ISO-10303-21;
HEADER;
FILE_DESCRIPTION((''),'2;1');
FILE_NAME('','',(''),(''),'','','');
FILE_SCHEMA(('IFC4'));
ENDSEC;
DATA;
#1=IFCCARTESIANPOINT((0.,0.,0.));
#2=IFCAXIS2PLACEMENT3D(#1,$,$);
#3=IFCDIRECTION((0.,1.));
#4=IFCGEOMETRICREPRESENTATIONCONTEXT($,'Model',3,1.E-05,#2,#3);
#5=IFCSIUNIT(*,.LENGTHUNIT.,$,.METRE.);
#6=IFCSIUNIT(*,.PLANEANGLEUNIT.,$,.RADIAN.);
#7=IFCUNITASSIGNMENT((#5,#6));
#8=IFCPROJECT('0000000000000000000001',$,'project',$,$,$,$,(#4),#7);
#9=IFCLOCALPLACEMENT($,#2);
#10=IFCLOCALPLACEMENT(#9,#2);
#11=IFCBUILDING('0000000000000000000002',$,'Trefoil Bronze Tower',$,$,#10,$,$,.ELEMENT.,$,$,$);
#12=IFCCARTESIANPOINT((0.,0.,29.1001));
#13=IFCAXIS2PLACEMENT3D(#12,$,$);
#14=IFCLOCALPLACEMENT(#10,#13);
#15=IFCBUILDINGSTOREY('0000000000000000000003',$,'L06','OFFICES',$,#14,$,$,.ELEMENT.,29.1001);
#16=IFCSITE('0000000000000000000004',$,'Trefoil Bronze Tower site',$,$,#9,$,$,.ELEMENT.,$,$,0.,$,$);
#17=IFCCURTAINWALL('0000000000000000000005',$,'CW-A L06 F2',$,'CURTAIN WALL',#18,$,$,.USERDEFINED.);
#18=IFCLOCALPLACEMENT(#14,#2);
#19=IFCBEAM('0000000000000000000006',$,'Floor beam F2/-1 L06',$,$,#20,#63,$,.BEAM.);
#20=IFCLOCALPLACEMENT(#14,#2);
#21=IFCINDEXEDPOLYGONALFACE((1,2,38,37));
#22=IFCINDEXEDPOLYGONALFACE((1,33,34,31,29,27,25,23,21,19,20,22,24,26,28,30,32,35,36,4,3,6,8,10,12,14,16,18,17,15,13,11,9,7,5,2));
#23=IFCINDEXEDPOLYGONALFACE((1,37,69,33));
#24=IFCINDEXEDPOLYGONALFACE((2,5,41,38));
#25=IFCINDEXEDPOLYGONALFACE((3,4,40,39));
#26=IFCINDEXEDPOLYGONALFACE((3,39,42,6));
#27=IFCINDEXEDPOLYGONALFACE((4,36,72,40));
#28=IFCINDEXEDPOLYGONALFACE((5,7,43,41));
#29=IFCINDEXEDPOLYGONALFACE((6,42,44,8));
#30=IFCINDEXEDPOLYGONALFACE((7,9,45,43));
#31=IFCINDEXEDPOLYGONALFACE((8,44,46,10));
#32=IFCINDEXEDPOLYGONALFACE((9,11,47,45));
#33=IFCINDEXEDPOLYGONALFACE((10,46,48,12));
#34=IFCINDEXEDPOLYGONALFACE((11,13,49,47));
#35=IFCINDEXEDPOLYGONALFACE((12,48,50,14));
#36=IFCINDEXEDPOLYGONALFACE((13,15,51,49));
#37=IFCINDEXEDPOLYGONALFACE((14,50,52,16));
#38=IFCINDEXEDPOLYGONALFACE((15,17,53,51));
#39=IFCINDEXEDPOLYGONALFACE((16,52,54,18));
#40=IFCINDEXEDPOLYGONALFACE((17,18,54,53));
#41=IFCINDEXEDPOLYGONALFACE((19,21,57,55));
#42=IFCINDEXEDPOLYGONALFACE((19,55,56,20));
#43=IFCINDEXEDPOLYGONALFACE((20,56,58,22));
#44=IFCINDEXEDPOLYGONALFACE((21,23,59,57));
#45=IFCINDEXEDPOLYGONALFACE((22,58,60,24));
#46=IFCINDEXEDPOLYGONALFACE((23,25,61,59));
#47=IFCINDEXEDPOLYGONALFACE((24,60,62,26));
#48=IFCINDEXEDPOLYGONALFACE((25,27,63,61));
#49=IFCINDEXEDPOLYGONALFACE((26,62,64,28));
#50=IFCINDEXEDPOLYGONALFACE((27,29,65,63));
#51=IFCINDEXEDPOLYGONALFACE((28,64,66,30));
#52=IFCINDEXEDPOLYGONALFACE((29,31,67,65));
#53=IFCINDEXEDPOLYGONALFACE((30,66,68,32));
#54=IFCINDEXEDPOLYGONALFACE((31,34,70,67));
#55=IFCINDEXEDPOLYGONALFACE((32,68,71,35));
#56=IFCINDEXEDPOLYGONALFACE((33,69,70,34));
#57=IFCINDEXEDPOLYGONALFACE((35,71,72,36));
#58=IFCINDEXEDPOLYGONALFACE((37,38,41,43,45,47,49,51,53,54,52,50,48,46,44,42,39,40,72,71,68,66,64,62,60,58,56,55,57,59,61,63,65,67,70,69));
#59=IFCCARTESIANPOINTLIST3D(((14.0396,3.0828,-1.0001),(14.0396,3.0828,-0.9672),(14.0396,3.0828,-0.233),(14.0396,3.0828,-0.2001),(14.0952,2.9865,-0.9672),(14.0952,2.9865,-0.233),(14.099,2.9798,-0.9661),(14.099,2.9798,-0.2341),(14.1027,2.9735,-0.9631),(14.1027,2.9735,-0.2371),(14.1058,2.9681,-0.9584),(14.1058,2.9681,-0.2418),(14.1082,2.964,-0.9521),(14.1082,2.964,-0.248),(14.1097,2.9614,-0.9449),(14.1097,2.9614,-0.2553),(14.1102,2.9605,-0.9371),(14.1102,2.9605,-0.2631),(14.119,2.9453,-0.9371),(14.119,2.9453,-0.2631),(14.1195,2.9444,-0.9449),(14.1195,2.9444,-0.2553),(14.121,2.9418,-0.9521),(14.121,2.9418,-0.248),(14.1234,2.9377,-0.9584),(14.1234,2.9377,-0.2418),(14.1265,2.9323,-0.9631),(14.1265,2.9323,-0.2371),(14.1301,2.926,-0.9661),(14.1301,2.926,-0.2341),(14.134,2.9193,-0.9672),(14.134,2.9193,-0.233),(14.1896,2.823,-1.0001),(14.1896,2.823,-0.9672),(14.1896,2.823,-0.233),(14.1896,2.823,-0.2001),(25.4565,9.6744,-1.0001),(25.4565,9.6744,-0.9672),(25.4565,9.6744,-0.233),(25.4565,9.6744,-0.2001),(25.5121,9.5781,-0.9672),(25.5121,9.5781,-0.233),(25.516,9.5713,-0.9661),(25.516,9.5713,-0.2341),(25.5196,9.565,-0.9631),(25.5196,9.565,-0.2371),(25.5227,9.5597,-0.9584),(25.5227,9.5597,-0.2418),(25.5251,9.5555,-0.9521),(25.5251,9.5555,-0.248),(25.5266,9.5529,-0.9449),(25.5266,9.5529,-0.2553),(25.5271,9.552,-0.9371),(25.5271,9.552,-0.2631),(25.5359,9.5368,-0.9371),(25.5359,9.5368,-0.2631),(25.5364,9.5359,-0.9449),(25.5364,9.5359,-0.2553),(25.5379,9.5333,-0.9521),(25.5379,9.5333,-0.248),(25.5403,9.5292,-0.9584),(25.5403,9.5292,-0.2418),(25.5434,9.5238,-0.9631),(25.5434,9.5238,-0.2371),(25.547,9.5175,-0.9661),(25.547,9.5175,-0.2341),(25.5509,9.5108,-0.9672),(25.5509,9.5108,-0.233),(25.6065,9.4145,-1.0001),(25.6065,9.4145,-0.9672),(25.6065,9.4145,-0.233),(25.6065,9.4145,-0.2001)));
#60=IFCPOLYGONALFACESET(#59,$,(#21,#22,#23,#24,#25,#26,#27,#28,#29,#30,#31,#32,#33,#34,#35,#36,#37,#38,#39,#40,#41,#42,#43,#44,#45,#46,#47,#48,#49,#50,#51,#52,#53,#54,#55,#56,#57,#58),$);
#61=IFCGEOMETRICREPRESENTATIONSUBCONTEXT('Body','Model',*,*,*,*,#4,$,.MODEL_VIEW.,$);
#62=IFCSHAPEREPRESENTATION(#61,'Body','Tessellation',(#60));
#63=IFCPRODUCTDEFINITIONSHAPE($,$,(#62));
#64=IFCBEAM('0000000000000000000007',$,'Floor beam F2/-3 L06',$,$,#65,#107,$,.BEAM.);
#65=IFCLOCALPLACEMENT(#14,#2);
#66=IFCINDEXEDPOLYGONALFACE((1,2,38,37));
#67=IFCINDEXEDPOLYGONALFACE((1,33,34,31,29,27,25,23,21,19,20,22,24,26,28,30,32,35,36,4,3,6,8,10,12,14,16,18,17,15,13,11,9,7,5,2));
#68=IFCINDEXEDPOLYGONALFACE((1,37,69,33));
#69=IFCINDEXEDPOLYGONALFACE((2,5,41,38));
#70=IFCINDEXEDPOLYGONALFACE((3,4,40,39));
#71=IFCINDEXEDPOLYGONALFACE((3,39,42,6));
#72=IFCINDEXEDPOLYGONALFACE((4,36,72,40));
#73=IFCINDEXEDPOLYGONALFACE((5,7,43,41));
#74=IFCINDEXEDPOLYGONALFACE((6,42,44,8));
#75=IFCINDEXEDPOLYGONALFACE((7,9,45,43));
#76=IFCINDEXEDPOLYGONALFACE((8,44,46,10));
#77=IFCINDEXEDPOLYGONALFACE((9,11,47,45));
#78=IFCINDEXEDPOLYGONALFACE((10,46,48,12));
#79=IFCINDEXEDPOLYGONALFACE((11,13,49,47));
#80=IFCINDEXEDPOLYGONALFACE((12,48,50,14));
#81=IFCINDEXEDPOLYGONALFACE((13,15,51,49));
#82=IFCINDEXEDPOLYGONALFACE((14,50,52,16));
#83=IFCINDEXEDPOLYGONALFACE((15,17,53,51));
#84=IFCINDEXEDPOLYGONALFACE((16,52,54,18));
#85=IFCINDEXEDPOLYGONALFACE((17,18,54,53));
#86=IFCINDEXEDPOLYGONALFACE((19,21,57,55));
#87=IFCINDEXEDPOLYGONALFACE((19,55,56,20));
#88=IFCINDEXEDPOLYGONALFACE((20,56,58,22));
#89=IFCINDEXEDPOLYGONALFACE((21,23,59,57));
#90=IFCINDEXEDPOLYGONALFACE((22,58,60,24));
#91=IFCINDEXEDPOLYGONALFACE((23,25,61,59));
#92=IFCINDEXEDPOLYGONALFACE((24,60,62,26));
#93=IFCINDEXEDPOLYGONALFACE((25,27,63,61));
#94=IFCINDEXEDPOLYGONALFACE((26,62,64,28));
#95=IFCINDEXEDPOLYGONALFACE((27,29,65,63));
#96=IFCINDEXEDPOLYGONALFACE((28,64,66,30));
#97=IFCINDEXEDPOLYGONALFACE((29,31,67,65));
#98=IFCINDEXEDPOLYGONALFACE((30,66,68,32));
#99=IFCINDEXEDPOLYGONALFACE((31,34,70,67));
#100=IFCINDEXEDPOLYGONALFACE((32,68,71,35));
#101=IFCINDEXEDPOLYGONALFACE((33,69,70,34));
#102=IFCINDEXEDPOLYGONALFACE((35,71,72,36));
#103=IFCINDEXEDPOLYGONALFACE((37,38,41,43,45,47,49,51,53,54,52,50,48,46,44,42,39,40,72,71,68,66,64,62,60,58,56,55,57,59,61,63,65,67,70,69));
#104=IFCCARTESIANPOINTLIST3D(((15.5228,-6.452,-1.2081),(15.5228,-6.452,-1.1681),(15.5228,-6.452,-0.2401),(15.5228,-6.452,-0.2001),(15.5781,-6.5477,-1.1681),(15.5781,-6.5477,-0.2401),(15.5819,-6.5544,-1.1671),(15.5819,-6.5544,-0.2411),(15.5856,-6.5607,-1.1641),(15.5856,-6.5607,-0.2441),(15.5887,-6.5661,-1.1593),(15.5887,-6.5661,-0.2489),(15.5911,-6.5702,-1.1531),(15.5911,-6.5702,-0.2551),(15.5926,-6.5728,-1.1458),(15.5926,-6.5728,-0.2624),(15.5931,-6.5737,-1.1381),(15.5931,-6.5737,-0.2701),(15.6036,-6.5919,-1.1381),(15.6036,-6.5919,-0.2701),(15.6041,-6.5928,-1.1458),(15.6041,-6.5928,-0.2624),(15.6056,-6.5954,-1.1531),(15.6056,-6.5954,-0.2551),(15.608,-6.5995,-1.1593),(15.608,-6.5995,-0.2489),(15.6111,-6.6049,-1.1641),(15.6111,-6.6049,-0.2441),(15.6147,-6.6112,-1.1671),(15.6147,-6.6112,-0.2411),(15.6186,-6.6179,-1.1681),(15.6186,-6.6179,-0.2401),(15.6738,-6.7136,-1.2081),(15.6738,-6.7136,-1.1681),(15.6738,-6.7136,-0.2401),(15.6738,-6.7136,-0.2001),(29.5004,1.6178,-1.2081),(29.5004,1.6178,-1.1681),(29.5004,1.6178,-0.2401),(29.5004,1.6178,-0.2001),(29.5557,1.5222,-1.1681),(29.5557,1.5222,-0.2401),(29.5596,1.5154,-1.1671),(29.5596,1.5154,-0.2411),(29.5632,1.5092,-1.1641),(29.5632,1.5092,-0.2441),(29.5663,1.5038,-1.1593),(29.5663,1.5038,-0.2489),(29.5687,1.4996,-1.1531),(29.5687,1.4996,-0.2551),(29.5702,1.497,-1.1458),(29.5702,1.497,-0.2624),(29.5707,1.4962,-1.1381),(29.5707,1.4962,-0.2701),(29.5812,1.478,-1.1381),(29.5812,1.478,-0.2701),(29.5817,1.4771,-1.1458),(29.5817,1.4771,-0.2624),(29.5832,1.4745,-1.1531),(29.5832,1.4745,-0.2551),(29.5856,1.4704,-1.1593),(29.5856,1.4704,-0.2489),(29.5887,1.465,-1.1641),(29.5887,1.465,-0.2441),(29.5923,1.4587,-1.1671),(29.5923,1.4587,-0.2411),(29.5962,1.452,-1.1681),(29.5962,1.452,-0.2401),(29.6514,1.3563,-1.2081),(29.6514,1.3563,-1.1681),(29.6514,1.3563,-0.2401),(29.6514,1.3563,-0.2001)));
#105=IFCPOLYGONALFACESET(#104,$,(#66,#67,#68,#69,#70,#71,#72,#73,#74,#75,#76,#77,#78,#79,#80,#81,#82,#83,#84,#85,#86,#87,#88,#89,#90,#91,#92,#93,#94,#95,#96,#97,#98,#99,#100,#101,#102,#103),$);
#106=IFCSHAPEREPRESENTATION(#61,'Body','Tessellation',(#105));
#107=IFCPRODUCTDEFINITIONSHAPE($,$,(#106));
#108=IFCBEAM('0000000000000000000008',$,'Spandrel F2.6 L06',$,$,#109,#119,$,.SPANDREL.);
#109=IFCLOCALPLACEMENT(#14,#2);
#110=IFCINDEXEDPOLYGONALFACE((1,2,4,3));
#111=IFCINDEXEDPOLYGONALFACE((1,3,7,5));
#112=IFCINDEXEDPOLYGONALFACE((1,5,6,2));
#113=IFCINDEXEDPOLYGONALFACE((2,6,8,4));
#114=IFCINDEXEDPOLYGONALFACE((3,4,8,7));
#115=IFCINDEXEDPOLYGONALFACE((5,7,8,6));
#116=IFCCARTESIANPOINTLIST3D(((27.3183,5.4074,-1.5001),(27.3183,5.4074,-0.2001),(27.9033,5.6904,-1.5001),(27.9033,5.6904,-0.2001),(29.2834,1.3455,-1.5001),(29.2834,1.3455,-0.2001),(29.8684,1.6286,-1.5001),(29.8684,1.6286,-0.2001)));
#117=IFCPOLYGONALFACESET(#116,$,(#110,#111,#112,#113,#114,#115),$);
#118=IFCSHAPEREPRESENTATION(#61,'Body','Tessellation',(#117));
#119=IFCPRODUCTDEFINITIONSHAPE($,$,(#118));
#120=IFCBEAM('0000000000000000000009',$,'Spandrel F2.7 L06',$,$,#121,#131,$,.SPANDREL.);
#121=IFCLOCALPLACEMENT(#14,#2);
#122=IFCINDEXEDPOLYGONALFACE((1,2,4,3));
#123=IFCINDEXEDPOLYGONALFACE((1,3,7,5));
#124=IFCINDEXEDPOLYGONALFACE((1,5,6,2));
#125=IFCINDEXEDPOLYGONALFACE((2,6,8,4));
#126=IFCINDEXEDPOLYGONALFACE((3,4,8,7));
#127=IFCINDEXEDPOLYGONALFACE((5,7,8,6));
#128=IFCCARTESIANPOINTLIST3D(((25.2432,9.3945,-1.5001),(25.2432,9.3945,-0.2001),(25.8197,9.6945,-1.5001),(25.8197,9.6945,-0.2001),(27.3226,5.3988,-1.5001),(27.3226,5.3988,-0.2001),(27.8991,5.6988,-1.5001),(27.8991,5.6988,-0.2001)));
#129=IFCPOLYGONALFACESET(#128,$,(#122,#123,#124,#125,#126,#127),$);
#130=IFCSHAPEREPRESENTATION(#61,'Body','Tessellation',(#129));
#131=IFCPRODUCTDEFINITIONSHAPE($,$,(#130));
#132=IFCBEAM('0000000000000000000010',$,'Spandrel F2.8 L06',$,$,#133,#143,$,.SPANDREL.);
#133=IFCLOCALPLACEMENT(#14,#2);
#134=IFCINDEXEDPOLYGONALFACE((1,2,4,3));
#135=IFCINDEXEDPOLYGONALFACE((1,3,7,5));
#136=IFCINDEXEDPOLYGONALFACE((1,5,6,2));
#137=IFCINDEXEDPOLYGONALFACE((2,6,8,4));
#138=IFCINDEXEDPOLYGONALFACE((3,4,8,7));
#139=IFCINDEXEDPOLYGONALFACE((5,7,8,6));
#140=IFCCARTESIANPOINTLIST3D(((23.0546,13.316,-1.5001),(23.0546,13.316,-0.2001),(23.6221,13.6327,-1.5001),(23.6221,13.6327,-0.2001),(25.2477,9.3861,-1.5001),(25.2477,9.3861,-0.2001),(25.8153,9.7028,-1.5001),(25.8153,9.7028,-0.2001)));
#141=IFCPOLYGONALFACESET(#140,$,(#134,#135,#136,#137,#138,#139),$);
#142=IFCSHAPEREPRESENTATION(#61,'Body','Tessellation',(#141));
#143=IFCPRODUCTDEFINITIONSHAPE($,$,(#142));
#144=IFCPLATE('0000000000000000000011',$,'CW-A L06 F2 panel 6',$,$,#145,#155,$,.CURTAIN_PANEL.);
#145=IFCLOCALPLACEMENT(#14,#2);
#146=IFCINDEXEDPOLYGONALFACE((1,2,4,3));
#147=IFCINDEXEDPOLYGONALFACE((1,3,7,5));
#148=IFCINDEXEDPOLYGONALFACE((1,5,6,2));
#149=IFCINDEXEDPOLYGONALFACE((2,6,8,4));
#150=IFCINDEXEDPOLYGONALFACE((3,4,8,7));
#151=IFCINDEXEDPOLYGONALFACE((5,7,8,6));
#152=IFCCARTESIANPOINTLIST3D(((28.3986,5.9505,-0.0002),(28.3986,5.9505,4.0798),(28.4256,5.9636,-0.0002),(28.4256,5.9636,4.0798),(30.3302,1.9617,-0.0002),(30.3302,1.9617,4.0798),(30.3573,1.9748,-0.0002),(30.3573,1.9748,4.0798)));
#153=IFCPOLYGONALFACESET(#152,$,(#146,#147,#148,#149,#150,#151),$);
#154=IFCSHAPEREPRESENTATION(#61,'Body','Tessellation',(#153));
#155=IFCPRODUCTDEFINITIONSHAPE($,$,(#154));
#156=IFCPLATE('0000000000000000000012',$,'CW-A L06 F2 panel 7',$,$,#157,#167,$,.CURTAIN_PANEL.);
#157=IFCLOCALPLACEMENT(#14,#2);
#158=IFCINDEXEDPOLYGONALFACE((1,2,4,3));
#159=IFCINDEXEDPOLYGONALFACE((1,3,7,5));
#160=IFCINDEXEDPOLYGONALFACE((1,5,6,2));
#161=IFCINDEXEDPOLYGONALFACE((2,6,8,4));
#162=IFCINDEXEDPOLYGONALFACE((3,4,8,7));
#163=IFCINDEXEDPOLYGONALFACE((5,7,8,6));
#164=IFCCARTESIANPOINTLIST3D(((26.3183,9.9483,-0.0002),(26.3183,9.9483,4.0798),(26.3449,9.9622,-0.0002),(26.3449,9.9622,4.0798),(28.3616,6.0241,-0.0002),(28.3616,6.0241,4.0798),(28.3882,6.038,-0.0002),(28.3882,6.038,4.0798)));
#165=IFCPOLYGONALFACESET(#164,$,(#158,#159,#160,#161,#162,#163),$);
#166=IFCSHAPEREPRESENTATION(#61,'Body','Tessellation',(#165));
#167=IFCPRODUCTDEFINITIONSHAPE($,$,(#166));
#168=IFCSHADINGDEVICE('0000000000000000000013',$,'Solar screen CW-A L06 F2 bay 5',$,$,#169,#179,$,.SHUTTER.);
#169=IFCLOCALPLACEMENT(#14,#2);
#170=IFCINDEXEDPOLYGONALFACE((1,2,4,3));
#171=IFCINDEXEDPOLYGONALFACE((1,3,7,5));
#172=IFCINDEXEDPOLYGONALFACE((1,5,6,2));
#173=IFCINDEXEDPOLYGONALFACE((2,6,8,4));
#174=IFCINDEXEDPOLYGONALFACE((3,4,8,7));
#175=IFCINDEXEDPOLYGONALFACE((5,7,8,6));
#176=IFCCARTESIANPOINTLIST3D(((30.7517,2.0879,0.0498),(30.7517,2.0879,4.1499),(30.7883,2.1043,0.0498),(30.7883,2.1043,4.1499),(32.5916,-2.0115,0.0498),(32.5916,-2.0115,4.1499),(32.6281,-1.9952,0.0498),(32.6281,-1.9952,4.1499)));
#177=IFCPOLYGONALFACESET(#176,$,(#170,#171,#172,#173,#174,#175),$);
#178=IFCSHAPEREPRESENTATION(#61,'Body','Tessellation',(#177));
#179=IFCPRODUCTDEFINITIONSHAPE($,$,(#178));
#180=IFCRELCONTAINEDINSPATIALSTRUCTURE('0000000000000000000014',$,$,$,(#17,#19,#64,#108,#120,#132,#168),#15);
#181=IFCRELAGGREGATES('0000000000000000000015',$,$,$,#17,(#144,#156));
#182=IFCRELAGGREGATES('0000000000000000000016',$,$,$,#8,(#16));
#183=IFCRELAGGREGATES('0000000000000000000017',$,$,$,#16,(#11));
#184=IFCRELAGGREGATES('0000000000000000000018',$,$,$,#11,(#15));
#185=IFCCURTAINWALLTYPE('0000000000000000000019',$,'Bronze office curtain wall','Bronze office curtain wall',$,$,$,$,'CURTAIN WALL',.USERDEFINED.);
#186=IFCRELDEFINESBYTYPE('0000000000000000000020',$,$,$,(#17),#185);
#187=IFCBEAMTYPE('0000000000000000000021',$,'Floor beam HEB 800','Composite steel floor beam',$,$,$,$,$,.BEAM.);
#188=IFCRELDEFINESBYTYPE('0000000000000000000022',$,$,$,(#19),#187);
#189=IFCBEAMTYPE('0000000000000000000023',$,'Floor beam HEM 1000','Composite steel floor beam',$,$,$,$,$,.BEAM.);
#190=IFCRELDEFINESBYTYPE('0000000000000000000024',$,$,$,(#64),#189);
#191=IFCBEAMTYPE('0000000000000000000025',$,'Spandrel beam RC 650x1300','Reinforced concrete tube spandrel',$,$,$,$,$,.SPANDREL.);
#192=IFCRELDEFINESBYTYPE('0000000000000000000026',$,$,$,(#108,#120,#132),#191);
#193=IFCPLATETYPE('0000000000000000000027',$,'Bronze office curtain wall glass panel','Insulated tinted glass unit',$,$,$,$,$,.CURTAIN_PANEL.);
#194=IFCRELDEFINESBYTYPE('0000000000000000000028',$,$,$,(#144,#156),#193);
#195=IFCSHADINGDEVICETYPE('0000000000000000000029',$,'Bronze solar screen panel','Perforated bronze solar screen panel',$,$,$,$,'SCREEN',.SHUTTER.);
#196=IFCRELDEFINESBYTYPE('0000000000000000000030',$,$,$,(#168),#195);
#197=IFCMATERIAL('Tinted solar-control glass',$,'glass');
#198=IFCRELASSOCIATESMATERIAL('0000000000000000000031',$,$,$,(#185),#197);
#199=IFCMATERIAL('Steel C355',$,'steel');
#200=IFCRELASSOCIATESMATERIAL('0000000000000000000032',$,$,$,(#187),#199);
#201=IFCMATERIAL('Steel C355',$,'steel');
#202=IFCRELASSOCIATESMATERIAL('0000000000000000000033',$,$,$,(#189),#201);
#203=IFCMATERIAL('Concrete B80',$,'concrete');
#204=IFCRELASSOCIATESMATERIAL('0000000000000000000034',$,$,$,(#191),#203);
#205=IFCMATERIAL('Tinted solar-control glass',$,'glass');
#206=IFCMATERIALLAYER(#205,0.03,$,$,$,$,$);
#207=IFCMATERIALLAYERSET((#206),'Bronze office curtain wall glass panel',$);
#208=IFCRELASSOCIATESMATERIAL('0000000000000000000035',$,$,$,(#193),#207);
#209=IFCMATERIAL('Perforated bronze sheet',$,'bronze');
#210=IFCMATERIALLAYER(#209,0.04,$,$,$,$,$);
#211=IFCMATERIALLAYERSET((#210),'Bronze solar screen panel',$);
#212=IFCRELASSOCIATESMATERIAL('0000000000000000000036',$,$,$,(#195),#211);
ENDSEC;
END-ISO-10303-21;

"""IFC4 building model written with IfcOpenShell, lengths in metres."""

from ifc_helpers import new_model, si_unit, direction, frame, origin, origin_2d, place, context, subcontext, project, spatial, rectangle, i_section, extrude, material, layer, layer_set, material_profile, profile_set, type_object, element, aggregate, save


model = new_model("IFC4")

# Units and contexts
model_context = context("Model", 3, precision=1e-05, world=origin(), true_north=direction((0.0, 1.0)))
body_context = subcontext(model_context, "Body", "Model", "MODEL_VIEW")
ifc_project = project(units=[si_unit("LENGTHUNIT", "METRE"), si_unit("PLANEANGLEUNIT", "RADIAN")], contexts=[model_context])

# Site, building, storey
site_placement = place(None, origin())
site = spatial("IfcSite", under=ifc_project, at=site_placement, Name="Trefoil Bronze Tower site", CompositionType="ELEMENT", RefElevation=0.0)
building_placement = place(site_placement, origin())
building = spatial("IfcBuilding", under=site, at=building_placement, Name="Trefoil Bronze Tower", CompositionType="ELEMENT")
storey_placement = place(building_placement, frame((0.0, 0.0, 29.1001)))
storey = spatial("IfcBuildingStorey", under=building, at=storey_placement, Name="L06", Description="OFFICES", CompositionType="ELEMENT", Elevation=29.1001)

# Curtain wall
ifc_material_1 = material(Name="Tinted solar-control glass", Category="glass")
curtain_wall_type = type_object("IfcCurtainWallType", Name="Bronze office curtain wall", Description="Bronze office curtain wall", ElementType="CURTAIN WALL", PredefinedType="USERDEFINED", material=ifc_material_1)
curtain_wall_placement = place(storey_placement, origin())
curtain_wall = element("IfcCurtainWall", 1, at=curtain_wall_placement, inside=storey, type_object=curtain_wall_type, Name="CW-A L06 F2", ObjectType="CURTAIN WALL", PredefinedType="USERDEFINED")

# Beams
ifc_material_2 = material(Name="Steel C355", Category="steel")
ifc_material_profile_1 = material_profile(ifc_material_2, i_section(OverallWidth=0.3, OverallDepth=0.8, WebThickness=0.0176, FlangeThickness=0.033, FilletRadius=0.03, at=origin_2d()), Name="HEB 800")
ifc_profile_set_1 = profile_set([ifc_material_profile_1], Name="Steel C355")
beam_type_1 = type_object("IfcBeamType", Name="Floor beam HEB 800", Description="Composite steel floor beam", PredefinedType="BEAM", material=ifc_profile_set_1)
beam_1_placement = place(storey_placement, frame((25.5315, 9.5444, -0.6001), z_axis=(-0.866027, -0.499997, 0.0), x_axis=(0.499997, -0.866027, 0.0)))
element("IfcBeam", 2, at=beam_1_placement, inside=storey, type_object=beam_type_1, Name="Floor beam F2/-1 L06", PredefinedType="BEAM", context=body_context, shape_type="SweptSolid", body=[
    extrude(i_section(OverallWidth=0.3, OverallDepth=0.8, WebThickness=0.0176, FlangeThickness=0.033, FilletRadius=0.03, at=origin_2d()), origin(), (0.0, 0.0, 1.0), 13.1831),
])
ifc_material_3 = material(Name="Steel C355", Category="steel")
ifc_material_profile_2 = material_profile(ifc_material_3, i_section(OverallWidth=0.302, OverallDepth=1.0081, WebThickness=0.021, FlangeThickness=0.04, FilletRadius=0.03, at=origin_2d()), Name="HEM 1000")
ifc_profile_set_2 = profile_set([ifc_material_profile_2], Name="Steel C355")
beam_type_2 = type_object("IfcBeamType", Name="Floor beam HEM 1000", Description="Composite steel floor beam", PredefinedType="BEAM", material=ifc_profile_set_2)
beam_2_placement = place(storey_placement, frame((29.5759, 1.4871, -0.7041), z_axis=(-0.866028, -0.499995, 0.0), x_axis=(0.499995, -0.866028, 0.0)))
element("IfcBeam", 3, at=beam_2_placement, inside=storey, type_object=beam_type_2, Name="Floor beam F2/-3 L06", PredefinedType="BEAM", context=body_context, shape_type="SweptSolid", body=[
    extrude(i_section(OverallWidth=0.302, OverallDepth=1.0081, WebThickness=0.021, FlangeThickness=0.04, FilletRadius=0.03, at=origin_2d()), origin(), (0.0, 0.0, 1.0), 16.1399),
])
ifc_material_4 = material(Name="Concrete B80", Category="concrete")
ifc_material_profile_3 = material_profile(ifc_material_4, rectangle(XDim=0.6499, YDim=1.3, at=origin_2d()), Name="RC 650x1300")
ifc_profile_set_3 = profile_set([ifc_material_profile_3], Name="Concrete B80")
beam_type_3 = type_object("IfcBeamType", Name="Spandrel beam RC 650x1300", Description="Reinforced concrete tube spandrel", PredefinedType="SPANDREL", material=ifc_profile_set_3)
beam_3_placement = place(storey_placement, frame((29.5759, 1.4871, -0.8501), z_axis=(-0.43551, 0.900184, 0.0), x_axis=(-0.900184, -0.43551, 0.0)))
element("IfcBeam", 4, at=beam_3_placement, inside=storey, type_object=beam_type_3, Name="Spandrel F2.6 L06", PredefinedType="SPANDREL", context=body_context, shape_type="SweptSolid", body=[
    extrude(rectangle(XDim=0.6499, YDim=1.3, at=origin_2d()), origin(), (0.0, 0.0, 1.0), 4.5122),
])
beam_4_placement = place(storey_placement, frame((27.6108, 5.5488, -0.8501), z_axis=(-0.461638, 0.887069, 0.0), x_axis=(-0.887069, -0.461638, 0.0)))
element("IfcBeam", 5, at=beam_4_placement, inside=storey, type_object=beam_type_3, Name="Spandrel F2.7 L06", PredefinedType="SPANDREL", context=body_context, shape_type="SweptSolid", body=[
    extrude(rectangle(XDim=0.6499, YDim=1.3, at=origin_2d()), origin(), (0.0, 0.0, 1.0), 4.5044),
])
beam_5_placement = place(storey_placement, frame((25.5315, 9.5444, -0.8501), z_axis=(-0.487309, 0.873229, 0.0), x_axis=(-0.873229, -0.487309, 0.0)))
element("IfcBeam", 6, at=beam_5_placement, inside=storey, type_object=beam_type_3, Name="Spandrel F2.8 L06", PredefinedType="SPANDREL", context=body_context, shape_type="SweptSolid", body=[
    extrude(rectangle(XDim=0.6499, YDim=1.3, at=origin_2d()), origin(), (0.0, 0.0, 1.0), 4.5005),
])

# Plates
ifc_material_5 = material(Name="Tinted solar-control glass", Category="glass")
ifc_layer_1 = layer(ifc_material_5, 0.03)
ifc_layer_set_1 = layer_set([ifc_layer_1], Name="Bronze office curtain wall glass panel")
plate_type = type_object("IfcPlateType", Name="Bronze office curtain wall glass panel", Description="Insulated tinted glass unit", PredefinedType="CURTAIN_PANEL", material=ifc_layer_set_1)
plate_1_placement = place(storey_placement, frame((29.3779, 3.9626, -0.0002), z_axis=(0.0, 0.0, 1.0), x_axis=(-0.435855, 0.900017, 0.0)))
plate_1 = element("IfcPlate", 7, at=plate_1_placement, type_object=plate_type, Name="CW-A L06 F2 panel 6", PredefinedType="CURTAIN_PANEL", context=body_context, shape_type="SweptSolid", body=[
    extrude(rectangle(XDim=4.4319, YDim=0.03, at=origin_2d()), origin(), (0.0, 0.0, 1.0), 4.0801),
])
plate_2_placement = place(storey_placement, frame((27.3533, 7.9932, -0.0002), z_axis=(0.0, 0.0, 1.0), x_axis=(-0.46183, 0.886969, 0.0)))
plate_2 = element("IfcPlate", 8, at=plate_2_placement, type_object=plate_type, Name="CW-A L06 F2 panel 7", PredefinedType="CURTAIN_PANEL", context=body_context, shape_type="SweptSolid", body=[
    extrude(rectangle(XDim=4.4243, YDim=0.03, at=origin_2d()), origin(), (0.0, 0.0, 1.0), 4.0801),
])
aggregate(curtain_wall, [plate_1, plate_2])

# Shading device
ifc_material_6 = material(Name="Perforated bronze sheet", Category="bronze")
ifc_layer_2 = layer(ifc_material_6, 0.04)
ifc_layer_set_2 = layer_set([ifc_layer_2], Name="Bronze solar screen panel")
shading_device_type = type_object("IfcShadingDeviceType", Name="Bronze solar screen panel", Description="Perforated bronze solar screen panel", ElementType="SCREEN", PredefinedType="SHUTTER", material=ifc_layer_set_2)
shading_device_1_placement = place(storey_placement, frame((31.6899, 0.0464, 0.0498), z_axis=(0.0, 0.0, 1.0), x_axis=(-0.409456, 0.91233, 0.0)))
element("IfcShadingDevice", 9, at=shading_device_1_placement, inside=storey, type_object=shading_device_type, Name="Solar screen CW-A L06 F2 bay 5", PredefinedType="SHUTTER", context=body_context, shape_type="SweptSolid", body=[
    extrude(rectangle(XDim=4.4934, YDim=0.04, at=origin_2d()), origin(), (0.0, 0.0, 1.0), 4.1001),
])

save(model, "model.ifc")
